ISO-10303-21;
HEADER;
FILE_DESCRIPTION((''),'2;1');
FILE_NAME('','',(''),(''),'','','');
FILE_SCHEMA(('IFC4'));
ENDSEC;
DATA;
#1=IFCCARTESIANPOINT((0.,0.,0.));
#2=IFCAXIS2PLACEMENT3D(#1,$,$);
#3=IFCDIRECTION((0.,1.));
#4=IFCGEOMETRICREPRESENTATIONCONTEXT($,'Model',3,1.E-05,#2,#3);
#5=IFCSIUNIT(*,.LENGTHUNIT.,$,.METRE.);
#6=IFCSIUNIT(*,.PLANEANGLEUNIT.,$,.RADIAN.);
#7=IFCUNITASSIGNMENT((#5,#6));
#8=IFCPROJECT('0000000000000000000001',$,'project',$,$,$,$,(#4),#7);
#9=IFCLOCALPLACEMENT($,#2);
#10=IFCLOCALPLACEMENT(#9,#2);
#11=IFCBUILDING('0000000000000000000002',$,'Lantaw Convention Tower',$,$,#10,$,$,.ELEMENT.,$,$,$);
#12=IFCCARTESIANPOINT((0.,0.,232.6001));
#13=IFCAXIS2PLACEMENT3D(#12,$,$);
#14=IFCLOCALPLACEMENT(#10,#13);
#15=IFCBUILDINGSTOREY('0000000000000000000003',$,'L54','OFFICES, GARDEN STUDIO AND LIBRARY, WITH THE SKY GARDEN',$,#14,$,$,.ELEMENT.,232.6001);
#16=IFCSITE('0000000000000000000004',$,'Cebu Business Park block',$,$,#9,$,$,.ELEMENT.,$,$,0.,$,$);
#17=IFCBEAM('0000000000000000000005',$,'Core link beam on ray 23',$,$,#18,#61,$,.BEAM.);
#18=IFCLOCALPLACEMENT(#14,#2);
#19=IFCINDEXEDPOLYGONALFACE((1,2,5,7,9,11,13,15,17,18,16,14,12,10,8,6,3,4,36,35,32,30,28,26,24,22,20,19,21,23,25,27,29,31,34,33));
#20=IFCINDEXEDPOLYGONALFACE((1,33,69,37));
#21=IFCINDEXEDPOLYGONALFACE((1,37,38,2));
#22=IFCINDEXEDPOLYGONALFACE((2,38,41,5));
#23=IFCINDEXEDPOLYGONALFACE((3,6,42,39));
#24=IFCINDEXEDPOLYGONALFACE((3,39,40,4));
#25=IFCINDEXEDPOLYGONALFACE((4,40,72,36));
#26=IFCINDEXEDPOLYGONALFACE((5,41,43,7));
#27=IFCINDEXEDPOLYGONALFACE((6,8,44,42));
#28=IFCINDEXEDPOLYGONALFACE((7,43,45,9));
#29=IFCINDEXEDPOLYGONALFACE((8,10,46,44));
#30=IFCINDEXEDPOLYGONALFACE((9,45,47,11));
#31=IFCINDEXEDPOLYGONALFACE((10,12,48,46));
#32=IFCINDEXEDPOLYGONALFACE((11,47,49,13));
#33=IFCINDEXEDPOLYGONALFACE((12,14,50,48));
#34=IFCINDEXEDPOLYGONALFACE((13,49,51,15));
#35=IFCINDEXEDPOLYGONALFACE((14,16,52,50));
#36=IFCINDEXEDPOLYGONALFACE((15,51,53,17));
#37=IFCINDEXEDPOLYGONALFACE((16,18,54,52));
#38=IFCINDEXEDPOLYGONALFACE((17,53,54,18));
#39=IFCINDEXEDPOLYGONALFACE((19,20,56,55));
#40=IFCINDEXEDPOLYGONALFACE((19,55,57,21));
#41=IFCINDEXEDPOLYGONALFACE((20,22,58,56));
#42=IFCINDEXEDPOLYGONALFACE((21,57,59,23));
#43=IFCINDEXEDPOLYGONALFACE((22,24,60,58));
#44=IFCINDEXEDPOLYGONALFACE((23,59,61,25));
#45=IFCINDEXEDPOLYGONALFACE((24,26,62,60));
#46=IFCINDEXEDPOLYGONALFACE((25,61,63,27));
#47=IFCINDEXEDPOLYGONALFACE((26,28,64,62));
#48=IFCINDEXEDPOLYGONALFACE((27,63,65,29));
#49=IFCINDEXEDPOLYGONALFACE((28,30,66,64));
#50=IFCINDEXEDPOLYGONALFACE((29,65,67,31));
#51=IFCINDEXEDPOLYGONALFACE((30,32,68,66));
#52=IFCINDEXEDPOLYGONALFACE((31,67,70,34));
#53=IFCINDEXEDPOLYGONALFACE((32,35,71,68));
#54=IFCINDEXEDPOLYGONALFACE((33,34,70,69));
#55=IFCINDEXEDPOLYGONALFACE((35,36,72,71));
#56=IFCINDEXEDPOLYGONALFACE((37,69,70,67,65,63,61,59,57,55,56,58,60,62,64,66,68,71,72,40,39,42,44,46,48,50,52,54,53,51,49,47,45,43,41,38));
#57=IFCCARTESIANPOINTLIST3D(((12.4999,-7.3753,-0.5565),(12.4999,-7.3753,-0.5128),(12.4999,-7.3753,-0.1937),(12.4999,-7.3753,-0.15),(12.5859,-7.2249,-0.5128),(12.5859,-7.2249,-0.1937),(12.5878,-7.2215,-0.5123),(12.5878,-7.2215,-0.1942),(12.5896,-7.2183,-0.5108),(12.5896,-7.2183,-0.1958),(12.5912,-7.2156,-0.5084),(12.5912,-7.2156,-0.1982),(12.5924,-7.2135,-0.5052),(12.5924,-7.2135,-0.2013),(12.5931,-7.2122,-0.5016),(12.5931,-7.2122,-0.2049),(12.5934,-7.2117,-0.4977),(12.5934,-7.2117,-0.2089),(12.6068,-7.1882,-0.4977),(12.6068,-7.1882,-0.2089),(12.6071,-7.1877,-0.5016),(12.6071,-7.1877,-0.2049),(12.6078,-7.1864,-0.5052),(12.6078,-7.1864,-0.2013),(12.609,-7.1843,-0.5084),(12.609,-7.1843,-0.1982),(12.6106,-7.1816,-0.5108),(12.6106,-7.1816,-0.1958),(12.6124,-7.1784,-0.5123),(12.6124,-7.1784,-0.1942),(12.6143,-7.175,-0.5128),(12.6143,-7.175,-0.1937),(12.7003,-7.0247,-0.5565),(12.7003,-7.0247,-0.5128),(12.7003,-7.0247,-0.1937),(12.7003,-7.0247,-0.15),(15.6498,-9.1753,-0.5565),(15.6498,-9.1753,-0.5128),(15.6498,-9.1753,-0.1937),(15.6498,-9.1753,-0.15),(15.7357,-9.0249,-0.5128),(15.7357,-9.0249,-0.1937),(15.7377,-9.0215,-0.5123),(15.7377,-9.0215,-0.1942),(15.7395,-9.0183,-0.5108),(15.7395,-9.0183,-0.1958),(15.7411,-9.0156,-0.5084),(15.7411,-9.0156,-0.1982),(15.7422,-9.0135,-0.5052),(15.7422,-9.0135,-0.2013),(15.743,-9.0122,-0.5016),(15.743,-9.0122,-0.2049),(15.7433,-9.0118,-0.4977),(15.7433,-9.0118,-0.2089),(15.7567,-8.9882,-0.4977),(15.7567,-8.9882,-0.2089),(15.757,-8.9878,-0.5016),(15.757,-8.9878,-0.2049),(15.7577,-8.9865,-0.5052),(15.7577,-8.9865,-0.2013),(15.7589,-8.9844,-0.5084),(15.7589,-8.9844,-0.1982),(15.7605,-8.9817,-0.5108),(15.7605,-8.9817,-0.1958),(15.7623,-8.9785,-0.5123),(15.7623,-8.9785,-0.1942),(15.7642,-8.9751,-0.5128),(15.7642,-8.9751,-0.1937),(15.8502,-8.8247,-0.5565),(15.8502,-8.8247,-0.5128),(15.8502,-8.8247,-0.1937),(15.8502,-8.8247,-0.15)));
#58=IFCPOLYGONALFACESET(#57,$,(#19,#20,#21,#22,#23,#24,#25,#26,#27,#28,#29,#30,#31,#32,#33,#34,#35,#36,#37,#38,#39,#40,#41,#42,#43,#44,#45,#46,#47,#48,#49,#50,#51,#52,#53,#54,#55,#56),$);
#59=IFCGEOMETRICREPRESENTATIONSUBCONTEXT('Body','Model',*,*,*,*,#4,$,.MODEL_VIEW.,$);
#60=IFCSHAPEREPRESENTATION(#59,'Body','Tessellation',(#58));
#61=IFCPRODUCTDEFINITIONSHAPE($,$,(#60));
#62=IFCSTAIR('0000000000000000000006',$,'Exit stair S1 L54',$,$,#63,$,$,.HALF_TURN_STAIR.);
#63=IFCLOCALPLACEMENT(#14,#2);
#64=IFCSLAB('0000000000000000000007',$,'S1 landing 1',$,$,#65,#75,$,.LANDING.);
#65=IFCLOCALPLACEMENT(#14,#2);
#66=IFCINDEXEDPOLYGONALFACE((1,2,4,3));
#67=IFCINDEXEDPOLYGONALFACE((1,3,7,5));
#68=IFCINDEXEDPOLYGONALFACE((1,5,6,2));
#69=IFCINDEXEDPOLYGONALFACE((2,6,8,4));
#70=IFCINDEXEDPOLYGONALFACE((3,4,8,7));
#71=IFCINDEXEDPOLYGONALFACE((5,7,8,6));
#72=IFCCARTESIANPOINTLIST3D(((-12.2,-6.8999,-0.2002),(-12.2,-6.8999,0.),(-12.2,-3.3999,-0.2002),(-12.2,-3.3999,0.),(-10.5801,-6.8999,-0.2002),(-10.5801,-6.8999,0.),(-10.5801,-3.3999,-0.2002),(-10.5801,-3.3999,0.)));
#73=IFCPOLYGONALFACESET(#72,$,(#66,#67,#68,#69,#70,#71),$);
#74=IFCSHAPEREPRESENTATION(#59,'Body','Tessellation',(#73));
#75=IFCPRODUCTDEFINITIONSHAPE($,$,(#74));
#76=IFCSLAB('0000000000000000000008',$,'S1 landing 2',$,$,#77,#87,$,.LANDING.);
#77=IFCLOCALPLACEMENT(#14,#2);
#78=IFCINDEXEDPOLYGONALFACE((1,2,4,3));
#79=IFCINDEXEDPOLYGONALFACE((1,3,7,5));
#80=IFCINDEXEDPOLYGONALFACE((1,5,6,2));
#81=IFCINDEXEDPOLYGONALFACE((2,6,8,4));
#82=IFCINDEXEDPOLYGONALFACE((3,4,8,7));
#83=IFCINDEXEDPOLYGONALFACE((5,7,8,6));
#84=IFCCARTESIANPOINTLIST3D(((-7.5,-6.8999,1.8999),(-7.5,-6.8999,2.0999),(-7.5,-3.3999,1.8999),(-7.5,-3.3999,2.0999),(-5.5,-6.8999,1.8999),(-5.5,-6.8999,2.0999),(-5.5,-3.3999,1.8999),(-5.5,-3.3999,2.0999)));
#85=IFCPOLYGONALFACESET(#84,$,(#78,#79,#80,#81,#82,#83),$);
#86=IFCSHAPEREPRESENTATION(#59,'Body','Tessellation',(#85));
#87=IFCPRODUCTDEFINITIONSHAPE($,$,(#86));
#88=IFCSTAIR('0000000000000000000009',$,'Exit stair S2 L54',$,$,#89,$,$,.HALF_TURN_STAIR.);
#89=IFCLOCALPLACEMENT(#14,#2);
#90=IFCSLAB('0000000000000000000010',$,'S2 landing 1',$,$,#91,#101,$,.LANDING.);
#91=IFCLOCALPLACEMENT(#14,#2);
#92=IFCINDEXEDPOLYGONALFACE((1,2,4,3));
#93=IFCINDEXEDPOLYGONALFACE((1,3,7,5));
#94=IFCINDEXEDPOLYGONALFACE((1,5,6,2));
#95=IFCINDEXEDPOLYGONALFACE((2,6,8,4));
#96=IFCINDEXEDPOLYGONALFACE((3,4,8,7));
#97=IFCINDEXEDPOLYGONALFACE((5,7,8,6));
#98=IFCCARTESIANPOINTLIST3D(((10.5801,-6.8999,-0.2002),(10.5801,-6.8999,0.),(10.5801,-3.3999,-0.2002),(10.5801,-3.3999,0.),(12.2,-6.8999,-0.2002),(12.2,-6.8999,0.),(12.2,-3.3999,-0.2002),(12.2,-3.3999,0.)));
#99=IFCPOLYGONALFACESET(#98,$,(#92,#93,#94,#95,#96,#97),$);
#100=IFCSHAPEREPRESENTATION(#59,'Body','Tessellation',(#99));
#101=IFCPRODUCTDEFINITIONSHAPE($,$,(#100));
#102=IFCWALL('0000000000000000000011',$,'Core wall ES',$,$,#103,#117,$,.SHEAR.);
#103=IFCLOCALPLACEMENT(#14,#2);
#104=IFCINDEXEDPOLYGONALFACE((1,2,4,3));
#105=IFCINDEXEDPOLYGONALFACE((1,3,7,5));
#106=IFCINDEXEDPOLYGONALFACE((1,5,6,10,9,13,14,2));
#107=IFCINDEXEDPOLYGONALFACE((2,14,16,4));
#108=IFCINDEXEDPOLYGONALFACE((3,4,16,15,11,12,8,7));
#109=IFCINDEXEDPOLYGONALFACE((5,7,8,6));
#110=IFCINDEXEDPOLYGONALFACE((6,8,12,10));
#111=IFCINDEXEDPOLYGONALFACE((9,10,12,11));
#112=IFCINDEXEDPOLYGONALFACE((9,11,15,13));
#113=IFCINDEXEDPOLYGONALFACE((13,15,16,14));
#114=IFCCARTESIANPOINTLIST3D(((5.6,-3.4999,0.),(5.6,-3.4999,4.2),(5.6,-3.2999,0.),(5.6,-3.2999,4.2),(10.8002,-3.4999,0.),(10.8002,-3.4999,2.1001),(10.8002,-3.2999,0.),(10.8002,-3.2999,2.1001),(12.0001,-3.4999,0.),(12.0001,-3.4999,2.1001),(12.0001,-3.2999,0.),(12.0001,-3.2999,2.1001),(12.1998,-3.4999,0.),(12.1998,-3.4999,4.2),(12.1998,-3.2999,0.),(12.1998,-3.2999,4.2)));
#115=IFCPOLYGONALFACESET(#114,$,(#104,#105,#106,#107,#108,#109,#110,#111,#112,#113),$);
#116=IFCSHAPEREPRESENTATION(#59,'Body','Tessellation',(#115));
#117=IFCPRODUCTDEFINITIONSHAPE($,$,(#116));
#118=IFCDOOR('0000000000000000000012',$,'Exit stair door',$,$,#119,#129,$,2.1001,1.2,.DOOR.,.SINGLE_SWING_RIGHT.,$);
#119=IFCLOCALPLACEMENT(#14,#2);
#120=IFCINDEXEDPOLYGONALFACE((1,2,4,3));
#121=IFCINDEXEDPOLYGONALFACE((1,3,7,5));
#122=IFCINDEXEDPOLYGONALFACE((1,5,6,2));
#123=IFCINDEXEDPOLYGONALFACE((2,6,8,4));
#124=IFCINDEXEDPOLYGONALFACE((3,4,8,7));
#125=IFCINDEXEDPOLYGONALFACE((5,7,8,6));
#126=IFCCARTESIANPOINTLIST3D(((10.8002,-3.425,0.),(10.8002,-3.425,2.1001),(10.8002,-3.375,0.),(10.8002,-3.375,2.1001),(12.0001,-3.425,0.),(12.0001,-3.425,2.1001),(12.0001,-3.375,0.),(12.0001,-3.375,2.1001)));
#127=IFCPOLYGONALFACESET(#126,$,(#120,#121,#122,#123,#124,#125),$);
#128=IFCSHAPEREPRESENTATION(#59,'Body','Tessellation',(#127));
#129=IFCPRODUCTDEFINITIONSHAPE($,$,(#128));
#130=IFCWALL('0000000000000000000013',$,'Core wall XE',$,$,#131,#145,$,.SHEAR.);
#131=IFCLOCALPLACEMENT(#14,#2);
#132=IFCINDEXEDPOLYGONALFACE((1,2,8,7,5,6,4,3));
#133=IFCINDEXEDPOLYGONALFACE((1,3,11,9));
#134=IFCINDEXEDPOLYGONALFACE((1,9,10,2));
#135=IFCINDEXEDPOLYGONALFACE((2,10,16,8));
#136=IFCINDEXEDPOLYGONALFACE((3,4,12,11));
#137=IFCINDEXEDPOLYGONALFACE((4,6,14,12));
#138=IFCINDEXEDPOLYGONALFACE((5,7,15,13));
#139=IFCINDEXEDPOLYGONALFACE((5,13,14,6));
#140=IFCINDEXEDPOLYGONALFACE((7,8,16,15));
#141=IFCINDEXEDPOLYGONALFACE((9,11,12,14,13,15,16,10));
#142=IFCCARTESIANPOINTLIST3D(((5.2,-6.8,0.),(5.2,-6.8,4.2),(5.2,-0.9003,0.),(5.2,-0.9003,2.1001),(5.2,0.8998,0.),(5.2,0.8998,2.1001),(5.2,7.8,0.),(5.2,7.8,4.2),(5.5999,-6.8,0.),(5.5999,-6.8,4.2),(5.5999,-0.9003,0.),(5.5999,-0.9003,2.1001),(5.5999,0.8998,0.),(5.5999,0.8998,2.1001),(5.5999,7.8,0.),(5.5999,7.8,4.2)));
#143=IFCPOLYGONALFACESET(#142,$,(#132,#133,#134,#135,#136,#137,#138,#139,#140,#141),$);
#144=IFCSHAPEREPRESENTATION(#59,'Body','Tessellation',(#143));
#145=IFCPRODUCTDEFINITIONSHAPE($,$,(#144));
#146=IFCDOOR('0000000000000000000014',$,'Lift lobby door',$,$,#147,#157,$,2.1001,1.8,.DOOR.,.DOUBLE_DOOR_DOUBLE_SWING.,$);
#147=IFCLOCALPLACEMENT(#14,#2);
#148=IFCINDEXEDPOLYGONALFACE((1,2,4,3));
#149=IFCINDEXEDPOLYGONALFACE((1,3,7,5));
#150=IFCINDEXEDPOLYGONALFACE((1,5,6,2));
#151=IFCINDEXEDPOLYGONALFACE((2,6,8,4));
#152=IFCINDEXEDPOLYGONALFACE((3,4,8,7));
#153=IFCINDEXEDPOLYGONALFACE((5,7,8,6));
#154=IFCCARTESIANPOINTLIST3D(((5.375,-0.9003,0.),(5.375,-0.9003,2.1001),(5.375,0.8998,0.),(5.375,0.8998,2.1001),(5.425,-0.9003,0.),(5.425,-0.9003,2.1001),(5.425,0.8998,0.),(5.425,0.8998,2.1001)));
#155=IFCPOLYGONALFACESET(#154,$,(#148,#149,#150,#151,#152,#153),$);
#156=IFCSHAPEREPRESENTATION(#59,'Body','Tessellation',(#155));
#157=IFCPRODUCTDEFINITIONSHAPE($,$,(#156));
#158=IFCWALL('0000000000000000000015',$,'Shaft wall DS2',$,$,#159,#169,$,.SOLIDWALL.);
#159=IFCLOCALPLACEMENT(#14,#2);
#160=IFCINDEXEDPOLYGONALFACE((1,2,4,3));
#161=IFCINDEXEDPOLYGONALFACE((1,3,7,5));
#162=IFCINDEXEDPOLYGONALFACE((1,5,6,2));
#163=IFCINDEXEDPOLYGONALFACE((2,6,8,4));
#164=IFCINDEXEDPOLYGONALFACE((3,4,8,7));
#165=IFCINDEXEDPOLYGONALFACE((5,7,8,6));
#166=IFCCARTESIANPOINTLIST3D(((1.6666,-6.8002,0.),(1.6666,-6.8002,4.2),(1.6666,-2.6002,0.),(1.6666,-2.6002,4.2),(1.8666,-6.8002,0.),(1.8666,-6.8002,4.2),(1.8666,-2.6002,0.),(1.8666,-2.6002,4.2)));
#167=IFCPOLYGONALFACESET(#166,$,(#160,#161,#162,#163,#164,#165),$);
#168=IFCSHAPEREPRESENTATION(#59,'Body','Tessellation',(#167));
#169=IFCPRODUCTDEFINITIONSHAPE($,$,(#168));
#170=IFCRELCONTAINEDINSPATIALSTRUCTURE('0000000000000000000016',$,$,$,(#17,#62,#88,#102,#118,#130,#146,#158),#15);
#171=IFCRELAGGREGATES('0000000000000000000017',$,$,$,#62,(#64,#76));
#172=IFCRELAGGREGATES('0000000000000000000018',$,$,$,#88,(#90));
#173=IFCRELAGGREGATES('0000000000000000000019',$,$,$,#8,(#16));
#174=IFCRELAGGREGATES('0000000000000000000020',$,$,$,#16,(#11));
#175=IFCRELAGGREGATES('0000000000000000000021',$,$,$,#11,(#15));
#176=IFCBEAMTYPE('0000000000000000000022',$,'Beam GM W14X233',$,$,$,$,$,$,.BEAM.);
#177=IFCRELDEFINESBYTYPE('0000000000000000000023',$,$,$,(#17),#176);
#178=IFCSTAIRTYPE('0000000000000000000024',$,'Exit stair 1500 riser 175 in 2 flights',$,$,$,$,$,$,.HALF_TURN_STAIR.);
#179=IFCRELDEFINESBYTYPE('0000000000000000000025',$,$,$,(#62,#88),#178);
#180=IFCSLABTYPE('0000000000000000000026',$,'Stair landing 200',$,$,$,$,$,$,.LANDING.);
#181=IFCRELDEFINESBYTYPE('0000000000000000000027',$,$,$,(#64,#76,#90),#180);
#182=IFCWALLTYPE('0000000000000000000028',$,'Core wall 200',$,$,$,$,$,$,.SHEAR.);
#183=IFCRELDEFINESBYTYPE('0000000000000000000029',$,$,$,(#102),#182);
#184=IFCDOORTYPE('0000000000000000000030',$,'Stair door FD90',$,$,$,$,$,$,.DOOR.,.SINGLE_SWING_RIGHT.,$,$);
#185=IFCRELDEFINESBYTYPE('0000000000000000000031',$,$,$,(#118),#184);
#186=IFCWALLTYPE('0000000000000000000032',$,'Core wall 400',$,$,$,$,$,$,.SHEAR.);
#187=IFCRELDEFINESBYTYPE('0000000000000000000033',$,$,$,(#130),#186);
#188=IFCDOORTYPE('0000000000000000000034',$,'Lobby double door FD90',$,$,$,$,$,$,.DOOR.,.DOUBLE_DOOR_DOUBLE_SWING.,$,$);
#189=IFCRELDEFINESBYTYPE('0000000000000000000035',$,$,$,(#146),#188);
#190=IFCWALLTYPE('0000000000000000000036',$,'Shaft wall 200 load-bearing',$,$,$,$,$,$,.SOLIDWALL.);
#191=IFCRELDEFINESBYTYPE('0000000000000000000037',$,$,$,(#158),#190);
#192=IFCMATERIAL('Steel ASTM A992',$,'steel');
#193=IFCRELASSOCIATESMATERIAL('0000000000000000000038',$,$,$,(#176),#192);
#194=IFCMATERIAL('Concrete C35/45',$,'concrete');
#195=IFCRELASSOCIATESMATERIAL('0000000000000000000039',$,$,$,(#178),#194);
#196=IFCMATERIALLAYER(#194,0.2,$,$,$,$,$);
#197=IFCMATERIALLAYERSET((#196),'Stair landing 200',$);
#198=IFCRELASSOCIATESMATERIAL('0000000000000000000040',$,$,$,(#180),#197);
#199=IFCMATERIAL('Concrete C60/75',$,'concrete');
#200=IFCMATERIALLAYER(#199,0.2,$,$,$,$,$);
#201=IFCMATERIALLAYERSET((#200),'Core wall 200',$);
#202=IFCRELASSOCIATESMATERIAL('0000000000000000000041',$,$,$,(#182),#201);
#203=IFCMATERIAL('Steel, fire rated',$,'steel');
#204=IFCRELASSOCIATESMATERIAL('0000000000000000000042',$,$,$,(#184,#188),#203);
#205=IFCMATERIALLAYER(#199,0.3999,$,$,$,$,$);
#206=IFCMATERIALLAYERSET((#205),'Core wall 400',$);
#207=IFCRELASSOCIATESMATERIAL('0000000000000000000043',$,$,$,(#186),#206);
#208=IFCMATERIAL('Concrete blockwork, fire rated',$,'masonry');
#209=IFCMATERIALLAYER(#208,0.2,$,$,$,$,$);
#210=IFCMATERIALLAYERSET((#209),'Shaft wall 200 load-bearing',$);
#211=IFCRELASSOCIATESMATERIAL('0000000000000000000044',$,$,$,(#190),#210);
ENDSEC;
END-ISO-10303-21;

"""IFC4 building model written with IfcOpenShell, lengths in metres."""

from ifc_helpers import new_model, si_unit, direction, frame, frame_2d, origin, origin_2d, place, context, subcontext, project, spatial, polyline, rectangle, i_section, outline, extrude, material, layer, layer_set, material_profile, profile_set, type_object, element, fill, aggregate, save


model = new_model("IFC4")

# Units and contexts
model_context = context("Model", 3, precision=1e-05, world=origin(), true_north=direction((0.0, 1.0)))
body_context = subcontext(model_context, "Body", "Model", "MODEL_VIEW")
ifc_project = project(units=[si_unit("LENGTHUNIT", "METRE"), si_unit("PLANEANGLEUNIT", "RADIAN")], contexts=[model_context])

# Site, building, storey
site_placement = place(None, origin())
site = spatial("IfcSite", under=ifc_project, at=site_placement, Name="Cebu Business Park block", CompositionType="ELEMENT", RefElevation=0.0)
building_placement = place(site_placement, origin())
building = spatial("IfcBuilding", under=site, at=building_placement, Name="Lantaw Convention Tower", CompositionType="ELEMENT")
storey_placement = place(building_placement, frame((0.0, 0.0, 232.6001)))
storey = spatial("IfcBuildingStorey", under=building, at=storey_placement, Name="L54", Description="OFFICES, GARDEN STUDIO AND LIBRARY, WITH THE SKY GARDEN", CompositionType="ELEMENT", Elevation=232.6001)

# Beam
ifc_material_1 = material(Name="Steel ASTM A992", Category="steel")
ifc_material_profile_1 = material_profile(ifc_material_1, i_section(OverallWidth=0.4038, OverallDepth=0.4065, WebThickness=0.0271, FlangeThickness=0.0437, FilletRadius=0.0151, at=origin_2d()), Name="W14X233")
ifc_profile_set_1 = profile_set([ifc_material_profile_1], Name="Steel ASTM A992")
beam_type_1 = type_object("IfcBeamType", Name="Beam GM W14X233", PredefinedType="BEAM", material=ifc_profile_set_1)
beam_1_placement = place(storey_placement, frame((12.6001, -7.2, -0.3533), z_axis=(0.868231, -0.496161, 0.0), x_axis=(0.496161, 0.868231, 0.0)))
element("IfcBeam", 1, at=beam_1_placement, inside=storey, type_object=beam_type_1, Name="Core link beam on ray 23", PredefinedType="BEAM", context=body_context, shape_type="SweptSolid", body=[
    extrude(i_section(OverallWidth=0.4038, OverallDepth=0.4065, WebThickness=0.0271, FlangeThickness=0.0437, FilletRadius=0.0151, at=origin_2d()), origin(), (0.0, 0.0, 1.0), 3.6279),
])

# Stair, slabs
ifc_material_2 = material(Name="Concrete C35/45", Category="concrete")
stair_type = type_object("IfcStairType", Name="Exit stair 1500 riser 175 in 2 flights", PredefinedType="HALF_TURN_STAIR", material=ifc_material_2)
stair_1_placement = place(storey_placement, origin())
stair_1 = element("IfcStair", 2, at=stair_1_placement, inside=storey, type_object=stair_type, Name="Exit stair S1 L54", PredefinedType="HALF_TURN_STAIR")
ifc_layer_1 = layer(ifc_material_2, 0.2)
ifc_layer_set_1 = layer_set([ifc_layer_1], Name="Stair landing 200")
slab_type = type_object("IfcSlabType", Name="Stair landing 200", PredefinedType="LANDING", material=ifc_layer_set_1)
slab_1_placement = place(storey_placement, frame((0.0, 0.0, -0.2002)))
slab_1 = element("IfcSlab", 3, at=slab_1_placement, type_object=slab_type, Name="S1 landing 1", PredefinedType="LANDING", context=body_context, shape_type="SweptSolid", body=[
    extrude(outline(polyline([(-12.2, -6.8999), (-10.5801, -6.8999), (-10.5801, -3.3999), (-12.2, -3.3999), (-12.2, -6.8999)])), origin(), (0.0, 0.0, 1.0), 0.2002),
])
slab_2_placement = place(storey_placement, frame((0.0, 0.0, 1.8999)))
slab_2 = element("IfcSlab", 4, at=slab_2_placement, type_object=slab_type, Name="S1 landing 2", PredefinedType="LANDING", context=body_context, shape_type="SweptSolid", body=[
    extrude(outline(polyline([(-7.5, -6.8999), (-5.5, -6.8999), (-5.5, -3.3999), (-7.5, -3.3999), (-7.5, -6.8999)])), origin(), (0.0, 0.0, 1.0), 0.2),
])
aggregate(stair_1, [slab_1, slab_2])

# Stair, slab
stair_2_placement = place(storey_placement, origin())
stair_2 = element("IfcStair", 5, at=stair_2_placement, inside=storey, type_object=stair_type, Name="Exit stair S2 L54", PredefinedType="HALF_TURN_STAIR")
slab_3_placement = place(storey_placement, frame((0.0, 0.0, -0.2002)))
slab_3 = element("IfcSlab", 6, at=slab_3_placement, type_object=slab_type, Name="S2 landing 1", PredefinedType="LANDING", context=body_context, shape_type="SweptSolid", body=[
    extrude(outline(polyline([(10.5801, -6.8999), (12.2, -6.8999), (12.2, -3.3999), (10.5801, -3.3999), (10.5801, -6.8999)])), origin(), (0.0, 0.0, 1.0), 0.2002),
])
aggregate(stair_2, [slab_3])

# Walls, openings, doors
ifc_material_3 = material(Name="Concrete C60/75", Category="concrete")
ifc_layer_2 = layer(ifc_material_3, 0.2)
ifc_layer_set_2 = layer_set([ifc_layer_2], Name="Core wall 200")
wall_type_1 = type_object("IfcWallType", Name="Core wall 200", PredefinedType="SHEAR", material=ifc_layer_set_2)
wall_1_placement = place(storey_placement, frame((5.6001, -3.3999, 0.0), z_axis=(0.0, 0.0, 1.0), x_axis=(1.0, 0.0, 0.0)))
wall_1 = element("IfcWall", 7, at=wall_1_placement, inside=storey, type_object=wall_type_1, Name="Core wall ES", PredefinedType="SHEAR", context=body_context, shape_type="SweptSolid", body=[
    extrude(rectangle(XDim=6.5999, YDim=0.2, at=frame_2d((3.2998, 0.0))), origin(), (0.0, 0.0, 1.0), 4.2),
])
opening_1_placement = place(wall_1_placement, frame((5.2, 0.0, 0.0)))
opening_1 = element("IfcOpeningElement", 8, at=opening_1_placement, cuts=wall_1, PredefinedType="OPENING", context=body_context, shape_type="SweptSolid", body=[
    extrude(rectangle(XDim=1.2, YDim=2.1001, at=frame_2d((0.6001, 1.05))), frame((0.0, 0.1099, 0.0), z_axis=(0.0, -1.0, 0.0), x_axis=(1.0, 0.0, 0.0)), (0.0, 0.0, 1.0), 0.22),
])
ifc_material_4 = material(Name="Steel, fire rated", Category="steel")
door_type_1 = type_object("IfcDoorType", Name="Stair door FD90", OperationType="SINGLE_SWING_RIGHT", PredefinedType="DOOR", material=ifc_material_4)
door_1_placement = place(opening_1_placement, origin())
door_1 = element("IfcDoor", 9, at=door_1_placement, inside=storey, type_object=door_type_1, Name="Exit stair door", OperationType="SINGLE_SWING_RIGHT", OverallHeight=2.1001, OverallWidth=1.2, PredefinedType="DOOR", context=body_context, shape_type="SweptSolid", body=[
    extrude(rectangle(XDim=1.2, YDim=2.1001, at=frame_2d((0.6001, 1.05))), frame((0.0, 0.0249, 0.0), z_axis=(0.0, -1.0, 0.0), x_axis=(1.0, 0.0, 0.0)), (0.0, 0.0, 1.0), 0.05),
])
fill(opening_1, door_1)
ifc_layer_3 = layer(ifc_material_3, 0.3999)
ifc_layer_set_3 = layer_set([ifc_layer_3], Name="Core wall 400")
wall_type_2 = type_object("IfcWallType", Name="Core wall 400", PredefinedType="SHEAR", material=ifc_layer_set_3)
wall_2_placement = place(storey_placement, frame((5.3999, -6.8, 0.0), z_axis=(0.0, 0.0, 1.0), x_axis=(0.0, 1.0, 0.0)))
wall_2 = element("IfcWall", 10, at=wall_2_placement, inside=storey, type_object=wall_type_2, Name="Core wall XE", PredefinedType="SHEAR", context=body_context, shape_type="SweptSolid", body=[
    extrude(rectangle(XDim=14.6001, YDim=0.3999, at=frame_2d((7.3, 0.0))), origin(), (0.0, 0.0, 1.0), 4.2),
])
opening_2_placement = place(wall_2_placement, frame((5.8999, 0.0, 0.0)))
opening_2 = element("IfcOpeningElement", 11, at=opening_2_placement, cuts=wall_2, PredefinedType="OPENING", context=body_context, shape_type="SweptSolid", body=[
    extrude(rectangle(XDim=1.8, YDim=2.1001, at=frame_2d((0.8999, 1.05))), frame((0.0, 0.21, 0.0), z_axis=(0.0, -1.0, 0.0), x_axis=(1.0, 0.0, 0.0)), (0.0, 0.0, 1.0), 0.4199),
])
door_type_2 = type_object("IfcDoorType", Name="Lobby double door FD90", OperationType="DOUBLE_DOOR_DOUBLE_SWING", PredefinedType="DOOR", material=ifc_material_4)
door_2_placement = place(opening_2_placement, origin())
door_2 = element("IfcDoor", 12, at=door_2_placement, inside=storey, type_object=door_type_2, Name="Lift lobby door", OperationType="DOUBLE_DOOR_DOUBLE_SWING", OverallHeight=2.1001, OverallWidth=1.8, PredefinedType="DOOR", context=body_context, shape_type="SweptSolid", body=[
    extrude(rectangle(XDim=1.8, YDim=2.1001, at=frame_2d((0.8999, 1.05))), frame((0.0, 0.0249, 0.0), z_axis=(0.0, -1.0, 0.0), x_axis=(1.0, 0.0, 0.0)), (0.0, 0.0, 1.0), 0.05),
])
fill(opening_2, door_2)

# Wall
ifc_material_5 = material(Name="Concrete blockwork, fire rated", Category="masonry")
ifc_layer_4 = layer(ifc_material_5, 0.2)
ifc_layer_set_4 = layer_set([ifc_layer_4], Name="Shaft wall 200 load-bearing")
wall_type_3 = type_object("IfcWallType", Name="Shaft wall 200 load-bearing", PredefinedType="SOLIDWALL", material=ifc_layer_set_4)
wall_3_placement = place(storey_placement, frame((1.7666, -2.6001, 0.0), z_axis=(0.0, 0.0, 1.0), x_axis=(0.0, -1.0, 0.0)))
element("IfcWall", 13, at=wall_3_placement, inside=storey, type_object=wall_type_3, Name="Shaft wall DS2", PredefinedType="SOLIDWALL", context=body_context, shape_type="SweptSolid", body=[
    extrude(rectangle(XDim=4.2, YDim=0.2, at=frame_2d((2.1001, 0.0))), origin(), (0.0, 0.0, 1.0), 4.2),
])

save(model, "model.ifc")
